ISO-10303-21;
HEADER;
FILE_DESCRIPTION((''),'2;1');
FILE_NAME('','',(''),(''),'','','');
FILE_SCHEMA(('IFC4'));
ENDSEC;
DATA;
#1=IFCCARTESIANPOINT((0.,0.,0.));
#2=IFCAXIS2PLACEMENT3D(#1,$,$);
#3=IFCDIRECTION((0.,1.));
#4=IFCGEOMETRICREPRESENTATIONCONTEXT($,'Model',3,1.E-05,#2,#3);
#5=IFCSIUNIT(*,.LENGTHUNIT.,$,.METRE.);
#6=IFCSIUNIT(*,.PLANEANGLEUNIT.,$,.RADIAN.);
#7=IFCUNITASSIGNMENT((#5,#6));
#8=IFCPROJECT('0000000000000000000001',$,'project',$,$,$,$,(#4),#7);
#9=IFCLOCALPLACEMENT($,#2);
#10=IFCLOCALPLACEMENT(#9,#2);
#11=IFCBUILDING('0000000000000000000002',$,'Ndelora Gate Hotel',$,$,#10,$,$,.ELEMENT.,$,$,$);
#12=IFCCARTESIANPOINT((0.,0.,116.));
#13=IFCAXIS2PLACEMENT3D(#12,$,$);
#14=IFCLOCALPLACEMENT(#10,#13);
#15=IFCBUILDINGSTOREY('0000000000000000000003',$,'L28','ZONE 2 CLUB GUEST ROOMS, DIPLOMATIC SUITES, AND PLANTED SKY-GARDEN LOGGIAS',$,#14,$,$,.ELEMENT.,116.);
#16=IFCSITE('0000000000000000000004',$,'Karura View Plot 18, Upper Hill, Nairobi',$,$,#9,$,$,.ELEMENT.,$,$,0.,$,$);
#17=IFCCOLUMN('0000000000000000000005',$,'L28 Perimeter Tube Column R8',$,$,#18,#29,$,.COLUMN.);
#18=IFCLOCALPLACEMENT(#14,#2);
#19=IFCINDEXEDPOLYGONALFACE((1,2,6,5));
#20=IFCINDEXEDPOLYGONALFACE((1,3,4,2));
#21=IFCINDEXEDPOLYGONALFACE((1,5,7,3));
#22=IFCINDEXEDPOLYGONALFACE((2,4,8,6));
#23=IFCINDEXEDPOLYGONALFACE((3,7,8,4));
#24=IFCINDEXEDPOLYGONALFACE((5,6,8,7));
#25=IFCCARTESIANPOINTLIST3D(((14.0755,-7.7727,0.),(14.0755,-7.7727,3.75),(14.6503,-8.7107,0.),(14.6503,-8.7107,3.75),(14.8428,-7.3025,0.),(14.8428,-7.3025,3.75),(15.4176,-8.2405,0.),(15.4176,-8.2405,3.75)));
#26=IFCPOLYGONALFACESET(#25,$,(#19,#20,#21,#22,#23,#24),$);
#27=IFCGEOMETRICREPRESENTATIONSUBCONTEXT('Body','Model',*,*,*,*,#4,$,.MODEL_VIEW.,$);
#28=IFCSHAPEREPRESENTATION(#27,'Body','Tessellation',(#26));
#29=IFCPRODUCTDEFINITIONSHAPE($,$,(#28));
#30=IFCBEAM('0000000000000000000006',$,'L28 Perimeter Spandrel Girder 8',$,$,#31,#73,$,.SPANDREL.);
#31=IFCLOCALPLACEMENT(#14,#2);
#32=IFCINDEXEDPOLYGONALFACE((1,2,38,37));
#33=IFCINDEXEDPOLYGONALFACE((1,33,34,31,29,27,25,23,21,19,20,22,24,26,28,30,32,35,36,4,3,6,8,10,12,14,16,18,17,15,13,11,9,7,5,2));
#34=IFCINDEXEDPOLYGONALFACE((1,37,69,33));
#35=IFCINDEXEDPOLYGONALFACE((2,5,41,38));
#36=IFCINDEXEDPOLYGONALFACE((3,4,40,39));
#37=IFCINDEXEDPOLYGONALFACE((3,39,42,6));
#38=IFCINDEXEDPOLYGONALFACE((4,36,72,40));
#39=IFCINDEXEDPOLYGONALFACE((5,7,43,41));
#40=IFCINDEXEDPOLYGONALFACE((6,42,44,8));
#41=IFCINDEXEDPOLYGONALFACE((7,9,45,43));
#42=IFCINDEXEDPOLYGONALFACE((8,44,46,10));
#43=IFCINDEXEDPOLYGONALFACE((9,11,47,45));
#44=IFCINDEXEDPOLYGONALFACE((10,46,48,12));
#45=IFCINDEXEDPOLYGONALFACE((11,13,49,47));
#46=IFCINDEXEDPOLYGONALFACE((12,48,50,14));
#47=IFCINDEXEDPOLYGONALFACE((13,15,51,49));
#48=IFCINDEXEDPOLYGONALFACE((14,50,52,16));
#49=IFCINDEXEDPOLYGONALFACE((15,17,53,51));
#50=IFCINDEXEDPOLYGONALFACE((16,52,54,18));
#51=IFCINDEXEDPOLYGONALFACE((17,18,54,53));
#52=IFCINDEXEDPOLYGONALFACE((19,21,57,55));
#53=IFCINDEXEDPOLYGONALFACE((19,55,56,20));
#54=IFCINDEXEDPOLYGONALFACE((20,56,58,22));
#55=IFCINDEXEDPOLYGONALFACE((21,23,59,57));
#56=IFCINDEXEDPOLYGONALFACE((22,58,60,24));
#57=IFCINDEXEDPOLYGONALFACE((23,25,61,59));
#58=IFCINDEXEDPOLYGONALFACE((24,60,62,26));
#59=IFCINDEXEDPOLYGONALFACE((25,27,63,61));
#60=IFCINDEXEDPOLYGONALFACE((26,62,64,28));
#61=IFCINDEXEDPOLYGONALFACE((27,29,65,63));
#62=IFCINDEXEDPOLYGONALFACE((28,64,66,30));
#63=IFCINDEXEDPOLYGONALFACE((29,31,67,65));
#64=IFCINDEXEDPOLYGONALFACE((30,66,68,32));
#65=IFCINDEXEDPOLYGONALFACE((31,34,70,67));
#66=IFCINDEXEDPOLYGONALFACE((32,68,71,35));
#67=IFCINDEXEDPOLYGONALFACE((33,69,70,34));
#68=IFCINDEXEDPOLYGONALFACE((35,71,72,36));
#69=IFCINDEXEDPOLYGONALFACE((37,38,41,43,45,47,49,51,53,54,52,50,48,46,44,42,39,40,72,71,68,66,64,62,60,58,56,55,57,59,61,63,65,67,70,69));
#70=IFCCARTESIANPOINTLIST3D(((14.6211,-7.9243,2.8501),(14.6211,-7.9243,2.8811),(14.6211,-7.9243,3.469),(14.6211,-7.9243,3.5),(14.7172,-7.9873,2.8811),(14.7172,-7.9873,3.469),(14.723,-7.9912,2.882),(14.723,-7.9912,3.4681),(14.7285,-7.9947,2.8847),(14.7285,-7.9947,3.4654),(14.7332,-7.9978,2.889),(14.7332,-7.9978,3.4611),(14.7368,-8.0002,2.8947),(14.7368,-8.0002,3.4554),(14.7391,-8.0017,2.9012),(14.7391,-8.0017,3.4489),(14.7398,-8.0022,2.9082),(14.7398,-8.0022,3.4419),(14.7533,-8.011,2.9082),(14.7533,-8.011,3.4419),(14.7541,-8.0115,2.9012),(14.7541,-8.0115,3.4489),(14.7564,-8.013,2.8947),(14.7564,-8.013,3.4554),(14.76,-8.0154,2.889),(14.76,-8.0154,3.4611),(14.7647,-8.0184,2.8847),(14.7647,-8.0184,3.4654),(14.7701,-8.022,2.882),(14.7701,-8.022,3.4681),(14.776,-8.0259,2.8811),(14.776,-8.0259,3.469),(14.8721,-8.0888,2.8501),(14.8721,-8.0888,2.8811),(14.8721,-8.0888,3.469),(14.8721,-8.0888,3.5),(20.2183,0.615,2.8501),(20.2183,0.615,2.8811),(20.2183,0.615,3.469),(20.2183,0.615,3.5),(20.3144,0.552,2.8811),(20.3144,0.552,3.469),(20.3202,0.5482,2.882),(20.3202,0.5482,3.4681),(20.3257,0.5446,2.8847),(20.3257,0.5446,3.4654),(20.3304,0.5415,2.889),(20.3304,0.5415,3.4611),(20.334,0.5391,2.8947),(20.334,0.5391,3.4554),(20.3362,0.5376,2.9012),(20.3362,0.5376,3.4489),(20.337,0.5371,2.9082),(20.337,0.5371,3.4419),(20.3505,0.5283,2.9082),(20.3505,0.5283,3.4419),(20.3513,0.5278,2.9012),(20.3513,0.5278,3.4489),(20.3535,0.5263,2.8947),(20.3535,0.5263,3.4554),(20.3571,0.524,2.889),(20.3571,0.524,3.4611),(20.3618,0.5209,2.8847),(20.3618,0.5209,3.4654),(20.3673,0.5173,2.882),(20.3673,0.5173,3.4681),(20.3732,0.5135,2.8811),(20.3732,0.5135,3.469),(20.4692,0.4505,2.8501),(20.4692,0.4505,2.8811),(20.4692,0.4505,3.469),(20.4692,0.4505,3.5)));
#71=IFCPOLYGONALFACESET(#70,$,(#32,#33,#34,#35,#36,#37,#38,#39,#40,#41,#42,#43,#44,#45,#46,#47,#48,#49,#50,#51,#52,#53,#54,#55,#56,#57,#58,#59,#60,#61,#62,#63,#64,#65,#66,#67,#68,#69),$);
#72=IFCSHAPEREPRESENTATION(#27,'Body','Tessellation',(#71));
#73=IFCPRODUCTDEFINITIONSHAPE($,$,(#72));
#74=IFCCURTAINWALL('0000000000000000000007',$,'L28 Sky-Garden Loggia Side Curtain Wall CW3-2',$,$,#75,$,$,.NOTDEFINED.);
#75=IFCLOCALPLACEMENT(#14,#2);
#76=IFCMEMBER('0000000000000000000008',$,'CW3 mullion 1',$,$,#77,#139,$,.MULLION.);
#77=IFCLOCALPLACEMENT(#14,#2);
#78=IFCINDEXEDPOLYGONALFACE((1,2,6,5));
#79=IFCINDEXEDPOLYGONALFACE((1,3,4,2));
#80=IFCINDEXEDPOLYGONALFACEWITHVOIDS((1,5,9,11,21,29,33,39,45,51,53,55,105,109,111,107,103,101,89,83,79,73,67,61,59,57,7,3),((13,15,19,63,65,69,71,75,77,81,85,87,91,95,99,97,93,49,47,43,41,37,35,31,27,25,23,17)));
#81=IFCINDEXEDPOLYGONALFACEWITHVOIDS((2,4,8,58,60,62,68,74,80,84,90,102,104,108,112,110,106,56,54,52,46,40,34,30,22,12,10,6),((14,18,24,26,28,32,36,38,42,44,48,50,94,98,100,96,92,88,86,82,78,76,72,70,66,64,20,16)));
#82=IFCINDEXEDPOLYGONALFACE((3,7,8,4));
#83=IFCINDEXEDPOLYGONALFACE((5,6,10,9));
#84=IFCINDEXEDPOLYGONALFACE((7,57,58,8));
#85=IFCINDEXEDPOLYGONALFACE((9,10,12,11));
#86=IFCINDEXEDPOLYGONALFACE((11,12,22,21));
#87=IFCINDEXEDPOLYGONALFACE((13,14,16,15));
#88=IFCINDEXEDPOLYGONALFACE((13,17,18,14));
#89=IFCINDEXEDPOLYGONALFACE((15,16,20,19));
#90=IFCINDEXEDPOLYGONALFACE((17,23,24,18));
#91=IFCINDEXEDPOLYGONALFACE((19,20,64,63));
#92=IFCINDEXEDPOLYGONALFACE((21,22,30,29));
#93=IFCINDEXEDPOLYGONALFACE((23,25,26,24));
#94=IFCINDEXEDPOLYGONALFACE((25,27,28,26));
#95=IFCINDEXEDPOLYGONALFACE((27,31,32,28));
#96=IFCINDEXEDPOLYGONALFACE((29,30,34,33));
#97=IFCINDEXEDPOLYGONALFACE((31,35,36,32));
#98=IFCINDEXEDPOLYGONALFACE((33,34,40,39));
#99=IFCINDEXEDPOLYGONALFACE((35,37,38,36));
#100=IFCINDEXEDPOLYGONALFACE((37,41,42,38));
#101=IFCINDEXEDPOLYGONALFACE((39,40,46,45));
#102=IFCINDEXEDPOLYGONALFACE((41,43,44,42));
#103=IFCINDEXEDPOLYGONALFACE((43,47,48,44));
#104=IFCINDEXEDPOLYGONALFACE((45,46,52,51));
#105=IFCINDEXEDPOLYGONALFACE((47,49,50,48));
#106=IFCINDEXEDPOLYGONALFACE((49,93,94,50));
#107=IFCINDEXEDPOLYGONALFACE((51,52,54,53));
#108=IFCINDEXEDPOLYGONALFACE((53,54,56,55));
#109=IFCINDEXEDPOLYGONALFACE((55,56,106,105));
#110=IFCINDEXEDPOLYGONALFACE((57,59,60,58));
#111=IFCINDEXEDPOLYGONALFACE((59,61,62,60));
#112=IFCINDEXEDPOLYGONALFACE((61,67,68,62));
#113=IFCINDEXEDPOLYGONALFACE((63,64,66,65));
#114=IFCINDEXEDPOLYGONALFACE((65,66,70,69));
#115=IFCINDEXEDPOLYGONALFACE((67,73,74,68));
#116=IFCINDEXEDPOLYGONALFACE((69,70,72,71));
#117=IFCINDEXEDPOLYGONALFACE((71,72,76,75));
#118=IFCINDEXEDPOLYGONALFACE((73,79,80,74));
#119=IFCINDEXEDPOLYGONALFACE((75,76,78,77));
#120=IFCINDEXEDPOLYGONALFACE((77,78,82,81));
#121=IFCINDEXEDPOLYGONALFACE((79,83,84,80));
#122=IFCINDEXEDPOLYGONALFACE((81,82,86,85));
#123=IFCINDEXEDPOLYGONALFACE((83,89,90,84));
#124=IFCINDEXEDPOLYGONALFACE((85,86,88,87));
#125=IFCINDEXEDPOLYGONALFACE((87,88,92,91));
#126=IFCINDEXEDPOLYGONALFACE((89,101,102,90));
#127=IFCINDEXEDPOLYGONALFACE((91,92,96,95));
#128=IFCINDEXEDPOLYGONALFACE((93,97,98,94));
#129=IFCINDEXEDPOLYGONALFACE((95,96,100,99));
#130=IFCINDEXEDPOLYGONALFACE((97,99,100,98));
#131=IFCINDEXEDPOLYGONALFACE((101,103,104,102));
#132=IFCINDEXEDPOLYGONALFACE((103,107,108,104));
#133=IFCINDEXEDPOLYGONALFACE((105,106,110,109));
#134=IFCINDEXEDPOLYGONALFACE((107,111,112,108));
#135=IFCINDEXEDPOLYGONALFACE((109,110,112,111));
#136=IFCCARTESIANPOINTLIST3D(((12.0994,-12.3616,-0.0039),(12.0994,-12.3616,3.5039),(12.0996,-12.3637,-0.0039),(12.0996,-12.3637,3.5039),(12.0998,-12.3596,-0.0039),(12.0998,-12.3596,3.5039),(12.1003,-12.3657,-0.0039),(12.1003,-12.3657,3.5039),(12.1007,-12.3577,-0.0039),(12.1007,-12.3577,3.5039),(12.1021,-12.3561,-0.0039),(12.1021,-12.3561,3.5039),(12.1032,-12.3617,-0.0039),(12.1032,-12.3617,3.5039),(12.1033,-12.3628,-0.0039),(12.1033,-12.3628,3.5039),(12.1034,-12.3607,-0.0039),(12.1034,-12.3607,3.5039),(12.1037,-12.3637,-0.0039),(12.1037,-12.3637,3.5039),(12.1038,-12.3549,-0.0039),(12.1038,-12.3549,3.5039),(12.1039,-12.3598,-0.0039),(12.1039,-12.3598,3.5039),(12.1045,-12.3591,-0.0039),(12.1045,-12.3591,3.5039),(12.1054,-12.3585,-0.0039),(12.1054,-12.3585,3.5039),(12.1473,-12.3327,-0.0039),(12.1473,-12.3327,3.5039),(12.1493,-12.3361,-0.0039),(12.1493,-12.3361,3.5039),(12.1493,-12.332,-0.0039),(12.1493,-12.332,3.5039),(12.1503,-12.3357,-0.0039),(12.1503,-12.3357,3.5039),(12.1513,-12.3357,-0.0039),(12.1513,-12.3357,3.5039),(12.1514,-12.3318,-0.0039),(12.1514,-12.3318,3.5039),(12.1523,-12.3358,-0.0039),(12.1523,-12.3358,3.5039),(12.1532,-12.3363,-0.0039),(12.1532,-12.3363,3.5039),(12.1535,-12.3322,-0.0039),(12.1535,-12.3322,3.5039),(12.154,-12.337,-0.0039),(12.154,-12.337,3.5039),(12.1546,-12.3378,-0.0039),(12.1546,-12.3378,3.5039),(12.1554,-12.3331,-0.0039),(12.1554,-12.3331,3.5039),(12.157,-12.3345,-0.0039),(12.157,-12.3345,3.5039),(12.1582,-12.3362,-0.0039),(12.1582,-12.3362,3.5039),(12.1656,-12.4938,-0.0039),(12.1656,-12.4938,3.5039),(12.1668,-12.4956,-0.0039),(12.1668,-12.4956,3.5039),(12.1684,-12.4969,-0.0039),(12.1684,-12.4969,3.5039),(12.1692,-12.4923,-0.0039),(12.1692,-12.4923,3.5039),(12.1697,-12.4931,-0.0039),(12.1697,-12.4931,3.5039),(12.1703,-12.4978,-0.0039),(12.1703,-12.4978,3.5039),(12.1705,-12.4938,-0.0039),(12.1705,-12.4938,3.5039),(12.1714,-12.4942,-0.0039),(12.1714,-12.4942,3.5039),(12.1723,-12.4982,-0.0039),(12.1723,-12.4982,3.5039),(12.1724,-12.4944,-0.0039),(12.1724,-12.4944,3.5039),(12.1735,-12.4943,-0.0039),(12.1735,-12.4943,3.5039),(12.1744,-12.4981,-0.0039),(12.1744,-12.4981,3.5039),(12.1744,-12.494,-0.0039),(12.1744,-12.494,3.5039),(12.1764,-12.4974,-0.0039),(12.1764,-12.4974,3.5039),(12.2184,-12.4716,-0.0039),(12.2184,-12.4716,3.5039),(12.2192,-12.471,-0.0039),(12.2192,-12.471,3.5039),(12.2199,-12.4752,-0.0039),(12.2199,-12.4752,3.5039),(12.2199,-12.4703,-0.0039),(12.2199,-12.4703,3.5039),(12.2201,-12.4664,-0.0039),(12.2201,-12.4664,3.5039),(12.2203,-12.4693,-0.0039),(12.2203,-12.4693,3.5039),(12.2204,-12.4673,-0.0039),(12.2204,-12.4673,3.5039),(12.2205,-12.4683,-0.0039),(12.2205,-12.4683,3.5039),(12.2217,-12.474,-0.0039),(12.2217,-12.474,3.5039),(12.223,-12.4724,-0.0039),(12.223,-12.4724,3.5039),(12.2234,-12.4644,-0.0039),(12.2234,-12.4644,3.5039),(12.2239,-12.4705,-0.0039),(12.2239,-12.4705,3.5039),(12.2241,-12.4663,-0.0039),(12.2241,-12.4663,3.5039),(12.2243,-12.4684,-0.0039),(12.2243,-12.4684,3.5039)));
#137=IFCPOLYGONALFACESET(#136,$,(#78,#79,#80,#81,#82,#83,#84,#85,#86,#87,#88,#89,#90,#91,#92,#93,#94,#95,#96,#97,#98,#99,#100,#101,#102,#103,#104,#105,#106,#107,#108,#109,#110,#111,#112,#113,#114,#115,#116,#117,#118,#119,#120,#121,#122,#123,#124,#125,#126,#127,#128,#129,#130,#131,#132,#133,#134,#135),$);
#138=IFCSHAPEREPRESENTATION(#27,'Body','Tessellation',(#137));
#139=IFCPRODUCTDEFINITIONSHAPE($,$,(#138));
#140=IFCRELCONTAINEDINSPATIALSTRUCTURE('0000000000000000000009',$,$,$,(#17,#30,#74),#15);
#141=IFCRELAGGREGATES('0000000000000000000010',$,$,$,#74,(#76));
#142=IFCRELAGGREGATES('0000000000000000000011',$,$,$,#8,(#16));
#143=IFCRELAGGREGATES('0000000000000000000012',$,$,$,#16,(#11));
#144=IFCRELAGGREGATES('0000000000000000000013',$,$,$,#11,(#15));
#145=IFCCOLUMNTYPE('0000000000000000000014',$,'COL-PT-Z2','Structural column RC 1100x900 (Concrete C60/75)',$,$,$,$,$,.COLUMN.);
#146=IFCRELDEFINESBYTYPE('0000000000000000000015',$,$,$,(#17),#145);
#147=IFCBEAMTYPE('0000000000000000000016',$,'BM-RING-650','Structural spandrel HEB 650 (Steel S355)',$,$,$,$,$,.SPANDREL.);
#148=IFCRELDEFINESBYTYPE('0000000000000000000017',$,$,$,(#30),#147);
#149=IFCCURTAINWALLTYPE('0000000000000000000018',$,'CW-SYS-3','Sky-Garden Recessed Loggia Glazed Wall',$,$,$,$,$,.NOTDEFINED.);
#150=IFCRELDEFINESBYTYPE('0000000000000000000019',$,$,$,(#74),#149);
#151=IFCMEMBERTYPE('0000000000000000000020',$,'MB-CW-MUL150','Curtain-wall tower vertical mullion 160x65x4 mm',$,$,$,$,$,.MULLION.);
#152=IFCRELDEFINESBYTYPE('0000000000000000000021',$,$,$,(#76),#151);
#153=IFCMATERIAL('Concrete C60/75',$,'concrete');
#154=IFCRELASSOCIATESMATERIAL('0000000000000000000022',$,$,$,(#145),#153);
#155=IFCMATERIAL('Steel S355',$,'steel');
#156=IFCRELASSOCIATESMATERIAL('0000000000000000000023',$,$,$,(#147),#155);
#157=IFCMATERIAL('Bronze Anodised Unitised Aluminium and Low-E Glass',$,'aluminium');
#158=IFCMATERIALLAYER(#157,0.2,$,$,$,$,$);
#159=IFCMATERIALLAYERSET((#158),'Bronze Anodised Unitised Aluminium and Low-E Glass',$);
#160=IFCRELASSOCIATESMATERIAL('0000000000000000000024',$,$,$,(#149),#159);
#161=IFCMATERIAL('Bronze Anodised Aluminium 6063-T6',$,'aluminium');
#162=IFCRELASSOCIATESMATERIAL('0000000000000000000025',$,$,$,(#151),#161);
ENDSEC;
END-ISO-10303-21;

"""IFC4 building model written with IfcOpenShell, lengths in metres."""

from ifc_helpers import new_model, si_unit, direction, frame, origin, origin_2d, place, context, subcontext, project, spatial, rectangle, hollow_rectangle, i_section, extrude, material, layer, layer_set, material_profile, profile_set, type_object, element, aggregate, save


model = new_model("IFC4")

# Units and contexts
model_context = context("Model", 3, precision=1e-05, world=origin(), true_north=direction((0.0, 1.0)))
body_context = subcontext(model_context, "Body", "Model", "MODEL_VIEW")
ifc_project = project(units=[si_unit("LENGTHUNIT", "METRE"), si_unit("PLANEANGLEUNIT", "RADIAN")], contexts=[model_context])

# Site, building, storey
site_placement = place(None, origin())
site = spatial("IfcSite", under=ifc_project, at=site_placement, Name="Karura View Plot 18, Upper Hill, Nairobi", CompositionType="ELEMENT", RefElevation=0.0)
building_placement = place(site_placement, origin())
building = spatial("IfcBuilding", under=site, at=building_placement, Name="Ndelora Gate Hotel", CompositionType="ELEMENT")
storey_placement = place(building_placement, frame((0.0, 0.0, 116.0)))
storey = spatial("IfcBuildingStorey", under=building, at=storey_placement, Name="L28", Description="ZONE 2 CLUB GUEST ROOMS, DIPLOMATIC SUITES, AND PLANTED SKY-GARDEN LOGGIAS", CompositionType="ELEMENT", Elevation=116.0)

# Column
ifc_material_1 = material(Name="Concrete C60/75", Category="concrete")
ifc_material_profile_1 = material_profile(ifc_material_1, rectangle(XDim=0.8999, YDim=1.1001, at=origin_2d()), Name="RC 1100x900")
ifc_profile_set_1 = profile_set([ifc_material_profile_1], Name="Concrete C60/75")
column_type = type_object("IfcColumnType", Name="COL-PT-Z2", Description="Structural column RC 1100x900 (Concrete C60/75)", PredefinedType="COLUMN", material=ifc_profile_set_1)
column_placement = place(storey_placement, frame((14.7466, -8.0066, 0.0), z_axis=(0.0, 0.0, 1.0), x_axis=(0.85264, 0.522499, 0.0)))
element("IfcColumn", 1, at=column_placement, inside=storey, type_object=column_type, Name="L28 Perimeter Tube Column R8", PredefinedType="COLUMN", context=body_context, shape_type="SweptSolid", body=[
    extrude(rectangle(XDim=0.8999, YDim=1.1001, at=origin_2d()), origin(), (0.0, 0.0, 1.0), 3.75),
])

# Beam
ifc_material_2 = material(Name="Steel S355", Category="steel")
ifc_material_profile_2 = material_profile(ifc_material_2, i_section(OverallWidth=0.3, OverallDepth=0.6499, WebThickness=0.0161, FlangeThickness=0.031, FilletRadius=0.0271, at=origin_2d()), Name="HEB 650")
ifc_profile_set_2 = profile_set([ifc_material_profile_2], Name="Steel S355")
beam_type = type_object("IfcBeamType", Name="BM-RING-650", Description="Structural spandrel HEB 650 (Steel S355)", PredefinedType="SPANDREL", material=ifc_profile_set_2)
beam_placement = place(storey_placement, frame((14.7466, -8.0066, 3.175), z_axis=(0.548194, 0.836351, 0.0), x_axis=(-0.836351, 0.548194, 0.0)))
element("IfcBeam", 2, at=beam_placement, inside=storey, type_object=beam_type, Name="L28 Perimeter Spandrel Girder 8", PredefinedType="SPANDREL", context=body_context, shape_type="SweptSolid", body=[
    extrude(i_section(OverallWidth=0.3, OverallDepth=0.6499, WebThickness=0.0161, FlangeThickness=0.031, FilletRadius=0.0271, at=origin_2d()), origin(), (0.0, 0.0, 1.0), 10.2102),
])

# Curtain wall, member
ifc_material_3 = material(Name="Bronze Anodised Unitised Aluminium and Low-E Glass", Category="aluminium")
ifc_layer_1 = layer(ifc_material_3, 0.2)
ifc_layer_set_1 = layer_set([ifc_layer_1], Name="Bronze Anodised Unitised Aluminium and Low-E Glass")
curtain_wall_type = type_object("IfcCurtainWallType", Name="CW-SYS-3", Description="Sky-Garden Recessed Loggia Glazed Wall", PredefinedType="NOTDEFINED", material=ifc_layer_set_1)
curtain_wall_placement = place(storey_placement, origin())
curtain_wall = element("IfcCurtainWall", 3, at=curtain_wall_placement, inside=storey, type_object=curtain_wall_type, Name="L28 Sky-Garden Loggia Side Curtain Wall CW3-2", PredefinedType="NOTDEFINED")
ifc_material_4 = material(Name="Bronze Anodised Aluminium 6063-T6", Category="aluminium")
ifc_material_profile_3 = material_profile(ifc_material_4, hollow_rectangle(XDim=0.0649, YDim=0.1599, WallThickness=0.0039, InnerFilletRadius=0.0039, OuterFilletRadius=0.0081, at=origin_2d()), Name="ALU 160x65x4")
ifc_profile_set_3 = profile_set([ifc_material_profile_3], Name="Bronze Anodised Aluminium 6063-T6")
member_type_1 = type_object("IfcMemberType", Name="MB-CW-MUL150", Description="Curtain-wall tower vertical mullion 160x65x4 mm", PredefinedType="MULLION", material=ifc_profile_set_3)
member_1_placement = place(storey_placement, frame((12.1619, -12.415, -0.0039), z_axis=(0.0, 0.0, 1.0), x_axis=(-0.891001, -0.454001, 0.0)))
member_1 = element("IfcMember", 4, at=member_1_placement, type_object=member_type_1, Name="CW3 mullion 1", PredefinedType="MULLION", context=body_context, shape_type="SweptSolid", body=[
    extrude(hollow_rectangle(XDim=0.0649, YDim=0.1599, WallThickness=0.0039, InnerFilletRadius=0.0039, OuterFilletRadius=0.0081, at=origin_2d()), origin(), (0.0, 0.0, 1.0), 3.5078),
])
aggregate(curtain_wall, [member_1])

save(model, "model.ifc")
